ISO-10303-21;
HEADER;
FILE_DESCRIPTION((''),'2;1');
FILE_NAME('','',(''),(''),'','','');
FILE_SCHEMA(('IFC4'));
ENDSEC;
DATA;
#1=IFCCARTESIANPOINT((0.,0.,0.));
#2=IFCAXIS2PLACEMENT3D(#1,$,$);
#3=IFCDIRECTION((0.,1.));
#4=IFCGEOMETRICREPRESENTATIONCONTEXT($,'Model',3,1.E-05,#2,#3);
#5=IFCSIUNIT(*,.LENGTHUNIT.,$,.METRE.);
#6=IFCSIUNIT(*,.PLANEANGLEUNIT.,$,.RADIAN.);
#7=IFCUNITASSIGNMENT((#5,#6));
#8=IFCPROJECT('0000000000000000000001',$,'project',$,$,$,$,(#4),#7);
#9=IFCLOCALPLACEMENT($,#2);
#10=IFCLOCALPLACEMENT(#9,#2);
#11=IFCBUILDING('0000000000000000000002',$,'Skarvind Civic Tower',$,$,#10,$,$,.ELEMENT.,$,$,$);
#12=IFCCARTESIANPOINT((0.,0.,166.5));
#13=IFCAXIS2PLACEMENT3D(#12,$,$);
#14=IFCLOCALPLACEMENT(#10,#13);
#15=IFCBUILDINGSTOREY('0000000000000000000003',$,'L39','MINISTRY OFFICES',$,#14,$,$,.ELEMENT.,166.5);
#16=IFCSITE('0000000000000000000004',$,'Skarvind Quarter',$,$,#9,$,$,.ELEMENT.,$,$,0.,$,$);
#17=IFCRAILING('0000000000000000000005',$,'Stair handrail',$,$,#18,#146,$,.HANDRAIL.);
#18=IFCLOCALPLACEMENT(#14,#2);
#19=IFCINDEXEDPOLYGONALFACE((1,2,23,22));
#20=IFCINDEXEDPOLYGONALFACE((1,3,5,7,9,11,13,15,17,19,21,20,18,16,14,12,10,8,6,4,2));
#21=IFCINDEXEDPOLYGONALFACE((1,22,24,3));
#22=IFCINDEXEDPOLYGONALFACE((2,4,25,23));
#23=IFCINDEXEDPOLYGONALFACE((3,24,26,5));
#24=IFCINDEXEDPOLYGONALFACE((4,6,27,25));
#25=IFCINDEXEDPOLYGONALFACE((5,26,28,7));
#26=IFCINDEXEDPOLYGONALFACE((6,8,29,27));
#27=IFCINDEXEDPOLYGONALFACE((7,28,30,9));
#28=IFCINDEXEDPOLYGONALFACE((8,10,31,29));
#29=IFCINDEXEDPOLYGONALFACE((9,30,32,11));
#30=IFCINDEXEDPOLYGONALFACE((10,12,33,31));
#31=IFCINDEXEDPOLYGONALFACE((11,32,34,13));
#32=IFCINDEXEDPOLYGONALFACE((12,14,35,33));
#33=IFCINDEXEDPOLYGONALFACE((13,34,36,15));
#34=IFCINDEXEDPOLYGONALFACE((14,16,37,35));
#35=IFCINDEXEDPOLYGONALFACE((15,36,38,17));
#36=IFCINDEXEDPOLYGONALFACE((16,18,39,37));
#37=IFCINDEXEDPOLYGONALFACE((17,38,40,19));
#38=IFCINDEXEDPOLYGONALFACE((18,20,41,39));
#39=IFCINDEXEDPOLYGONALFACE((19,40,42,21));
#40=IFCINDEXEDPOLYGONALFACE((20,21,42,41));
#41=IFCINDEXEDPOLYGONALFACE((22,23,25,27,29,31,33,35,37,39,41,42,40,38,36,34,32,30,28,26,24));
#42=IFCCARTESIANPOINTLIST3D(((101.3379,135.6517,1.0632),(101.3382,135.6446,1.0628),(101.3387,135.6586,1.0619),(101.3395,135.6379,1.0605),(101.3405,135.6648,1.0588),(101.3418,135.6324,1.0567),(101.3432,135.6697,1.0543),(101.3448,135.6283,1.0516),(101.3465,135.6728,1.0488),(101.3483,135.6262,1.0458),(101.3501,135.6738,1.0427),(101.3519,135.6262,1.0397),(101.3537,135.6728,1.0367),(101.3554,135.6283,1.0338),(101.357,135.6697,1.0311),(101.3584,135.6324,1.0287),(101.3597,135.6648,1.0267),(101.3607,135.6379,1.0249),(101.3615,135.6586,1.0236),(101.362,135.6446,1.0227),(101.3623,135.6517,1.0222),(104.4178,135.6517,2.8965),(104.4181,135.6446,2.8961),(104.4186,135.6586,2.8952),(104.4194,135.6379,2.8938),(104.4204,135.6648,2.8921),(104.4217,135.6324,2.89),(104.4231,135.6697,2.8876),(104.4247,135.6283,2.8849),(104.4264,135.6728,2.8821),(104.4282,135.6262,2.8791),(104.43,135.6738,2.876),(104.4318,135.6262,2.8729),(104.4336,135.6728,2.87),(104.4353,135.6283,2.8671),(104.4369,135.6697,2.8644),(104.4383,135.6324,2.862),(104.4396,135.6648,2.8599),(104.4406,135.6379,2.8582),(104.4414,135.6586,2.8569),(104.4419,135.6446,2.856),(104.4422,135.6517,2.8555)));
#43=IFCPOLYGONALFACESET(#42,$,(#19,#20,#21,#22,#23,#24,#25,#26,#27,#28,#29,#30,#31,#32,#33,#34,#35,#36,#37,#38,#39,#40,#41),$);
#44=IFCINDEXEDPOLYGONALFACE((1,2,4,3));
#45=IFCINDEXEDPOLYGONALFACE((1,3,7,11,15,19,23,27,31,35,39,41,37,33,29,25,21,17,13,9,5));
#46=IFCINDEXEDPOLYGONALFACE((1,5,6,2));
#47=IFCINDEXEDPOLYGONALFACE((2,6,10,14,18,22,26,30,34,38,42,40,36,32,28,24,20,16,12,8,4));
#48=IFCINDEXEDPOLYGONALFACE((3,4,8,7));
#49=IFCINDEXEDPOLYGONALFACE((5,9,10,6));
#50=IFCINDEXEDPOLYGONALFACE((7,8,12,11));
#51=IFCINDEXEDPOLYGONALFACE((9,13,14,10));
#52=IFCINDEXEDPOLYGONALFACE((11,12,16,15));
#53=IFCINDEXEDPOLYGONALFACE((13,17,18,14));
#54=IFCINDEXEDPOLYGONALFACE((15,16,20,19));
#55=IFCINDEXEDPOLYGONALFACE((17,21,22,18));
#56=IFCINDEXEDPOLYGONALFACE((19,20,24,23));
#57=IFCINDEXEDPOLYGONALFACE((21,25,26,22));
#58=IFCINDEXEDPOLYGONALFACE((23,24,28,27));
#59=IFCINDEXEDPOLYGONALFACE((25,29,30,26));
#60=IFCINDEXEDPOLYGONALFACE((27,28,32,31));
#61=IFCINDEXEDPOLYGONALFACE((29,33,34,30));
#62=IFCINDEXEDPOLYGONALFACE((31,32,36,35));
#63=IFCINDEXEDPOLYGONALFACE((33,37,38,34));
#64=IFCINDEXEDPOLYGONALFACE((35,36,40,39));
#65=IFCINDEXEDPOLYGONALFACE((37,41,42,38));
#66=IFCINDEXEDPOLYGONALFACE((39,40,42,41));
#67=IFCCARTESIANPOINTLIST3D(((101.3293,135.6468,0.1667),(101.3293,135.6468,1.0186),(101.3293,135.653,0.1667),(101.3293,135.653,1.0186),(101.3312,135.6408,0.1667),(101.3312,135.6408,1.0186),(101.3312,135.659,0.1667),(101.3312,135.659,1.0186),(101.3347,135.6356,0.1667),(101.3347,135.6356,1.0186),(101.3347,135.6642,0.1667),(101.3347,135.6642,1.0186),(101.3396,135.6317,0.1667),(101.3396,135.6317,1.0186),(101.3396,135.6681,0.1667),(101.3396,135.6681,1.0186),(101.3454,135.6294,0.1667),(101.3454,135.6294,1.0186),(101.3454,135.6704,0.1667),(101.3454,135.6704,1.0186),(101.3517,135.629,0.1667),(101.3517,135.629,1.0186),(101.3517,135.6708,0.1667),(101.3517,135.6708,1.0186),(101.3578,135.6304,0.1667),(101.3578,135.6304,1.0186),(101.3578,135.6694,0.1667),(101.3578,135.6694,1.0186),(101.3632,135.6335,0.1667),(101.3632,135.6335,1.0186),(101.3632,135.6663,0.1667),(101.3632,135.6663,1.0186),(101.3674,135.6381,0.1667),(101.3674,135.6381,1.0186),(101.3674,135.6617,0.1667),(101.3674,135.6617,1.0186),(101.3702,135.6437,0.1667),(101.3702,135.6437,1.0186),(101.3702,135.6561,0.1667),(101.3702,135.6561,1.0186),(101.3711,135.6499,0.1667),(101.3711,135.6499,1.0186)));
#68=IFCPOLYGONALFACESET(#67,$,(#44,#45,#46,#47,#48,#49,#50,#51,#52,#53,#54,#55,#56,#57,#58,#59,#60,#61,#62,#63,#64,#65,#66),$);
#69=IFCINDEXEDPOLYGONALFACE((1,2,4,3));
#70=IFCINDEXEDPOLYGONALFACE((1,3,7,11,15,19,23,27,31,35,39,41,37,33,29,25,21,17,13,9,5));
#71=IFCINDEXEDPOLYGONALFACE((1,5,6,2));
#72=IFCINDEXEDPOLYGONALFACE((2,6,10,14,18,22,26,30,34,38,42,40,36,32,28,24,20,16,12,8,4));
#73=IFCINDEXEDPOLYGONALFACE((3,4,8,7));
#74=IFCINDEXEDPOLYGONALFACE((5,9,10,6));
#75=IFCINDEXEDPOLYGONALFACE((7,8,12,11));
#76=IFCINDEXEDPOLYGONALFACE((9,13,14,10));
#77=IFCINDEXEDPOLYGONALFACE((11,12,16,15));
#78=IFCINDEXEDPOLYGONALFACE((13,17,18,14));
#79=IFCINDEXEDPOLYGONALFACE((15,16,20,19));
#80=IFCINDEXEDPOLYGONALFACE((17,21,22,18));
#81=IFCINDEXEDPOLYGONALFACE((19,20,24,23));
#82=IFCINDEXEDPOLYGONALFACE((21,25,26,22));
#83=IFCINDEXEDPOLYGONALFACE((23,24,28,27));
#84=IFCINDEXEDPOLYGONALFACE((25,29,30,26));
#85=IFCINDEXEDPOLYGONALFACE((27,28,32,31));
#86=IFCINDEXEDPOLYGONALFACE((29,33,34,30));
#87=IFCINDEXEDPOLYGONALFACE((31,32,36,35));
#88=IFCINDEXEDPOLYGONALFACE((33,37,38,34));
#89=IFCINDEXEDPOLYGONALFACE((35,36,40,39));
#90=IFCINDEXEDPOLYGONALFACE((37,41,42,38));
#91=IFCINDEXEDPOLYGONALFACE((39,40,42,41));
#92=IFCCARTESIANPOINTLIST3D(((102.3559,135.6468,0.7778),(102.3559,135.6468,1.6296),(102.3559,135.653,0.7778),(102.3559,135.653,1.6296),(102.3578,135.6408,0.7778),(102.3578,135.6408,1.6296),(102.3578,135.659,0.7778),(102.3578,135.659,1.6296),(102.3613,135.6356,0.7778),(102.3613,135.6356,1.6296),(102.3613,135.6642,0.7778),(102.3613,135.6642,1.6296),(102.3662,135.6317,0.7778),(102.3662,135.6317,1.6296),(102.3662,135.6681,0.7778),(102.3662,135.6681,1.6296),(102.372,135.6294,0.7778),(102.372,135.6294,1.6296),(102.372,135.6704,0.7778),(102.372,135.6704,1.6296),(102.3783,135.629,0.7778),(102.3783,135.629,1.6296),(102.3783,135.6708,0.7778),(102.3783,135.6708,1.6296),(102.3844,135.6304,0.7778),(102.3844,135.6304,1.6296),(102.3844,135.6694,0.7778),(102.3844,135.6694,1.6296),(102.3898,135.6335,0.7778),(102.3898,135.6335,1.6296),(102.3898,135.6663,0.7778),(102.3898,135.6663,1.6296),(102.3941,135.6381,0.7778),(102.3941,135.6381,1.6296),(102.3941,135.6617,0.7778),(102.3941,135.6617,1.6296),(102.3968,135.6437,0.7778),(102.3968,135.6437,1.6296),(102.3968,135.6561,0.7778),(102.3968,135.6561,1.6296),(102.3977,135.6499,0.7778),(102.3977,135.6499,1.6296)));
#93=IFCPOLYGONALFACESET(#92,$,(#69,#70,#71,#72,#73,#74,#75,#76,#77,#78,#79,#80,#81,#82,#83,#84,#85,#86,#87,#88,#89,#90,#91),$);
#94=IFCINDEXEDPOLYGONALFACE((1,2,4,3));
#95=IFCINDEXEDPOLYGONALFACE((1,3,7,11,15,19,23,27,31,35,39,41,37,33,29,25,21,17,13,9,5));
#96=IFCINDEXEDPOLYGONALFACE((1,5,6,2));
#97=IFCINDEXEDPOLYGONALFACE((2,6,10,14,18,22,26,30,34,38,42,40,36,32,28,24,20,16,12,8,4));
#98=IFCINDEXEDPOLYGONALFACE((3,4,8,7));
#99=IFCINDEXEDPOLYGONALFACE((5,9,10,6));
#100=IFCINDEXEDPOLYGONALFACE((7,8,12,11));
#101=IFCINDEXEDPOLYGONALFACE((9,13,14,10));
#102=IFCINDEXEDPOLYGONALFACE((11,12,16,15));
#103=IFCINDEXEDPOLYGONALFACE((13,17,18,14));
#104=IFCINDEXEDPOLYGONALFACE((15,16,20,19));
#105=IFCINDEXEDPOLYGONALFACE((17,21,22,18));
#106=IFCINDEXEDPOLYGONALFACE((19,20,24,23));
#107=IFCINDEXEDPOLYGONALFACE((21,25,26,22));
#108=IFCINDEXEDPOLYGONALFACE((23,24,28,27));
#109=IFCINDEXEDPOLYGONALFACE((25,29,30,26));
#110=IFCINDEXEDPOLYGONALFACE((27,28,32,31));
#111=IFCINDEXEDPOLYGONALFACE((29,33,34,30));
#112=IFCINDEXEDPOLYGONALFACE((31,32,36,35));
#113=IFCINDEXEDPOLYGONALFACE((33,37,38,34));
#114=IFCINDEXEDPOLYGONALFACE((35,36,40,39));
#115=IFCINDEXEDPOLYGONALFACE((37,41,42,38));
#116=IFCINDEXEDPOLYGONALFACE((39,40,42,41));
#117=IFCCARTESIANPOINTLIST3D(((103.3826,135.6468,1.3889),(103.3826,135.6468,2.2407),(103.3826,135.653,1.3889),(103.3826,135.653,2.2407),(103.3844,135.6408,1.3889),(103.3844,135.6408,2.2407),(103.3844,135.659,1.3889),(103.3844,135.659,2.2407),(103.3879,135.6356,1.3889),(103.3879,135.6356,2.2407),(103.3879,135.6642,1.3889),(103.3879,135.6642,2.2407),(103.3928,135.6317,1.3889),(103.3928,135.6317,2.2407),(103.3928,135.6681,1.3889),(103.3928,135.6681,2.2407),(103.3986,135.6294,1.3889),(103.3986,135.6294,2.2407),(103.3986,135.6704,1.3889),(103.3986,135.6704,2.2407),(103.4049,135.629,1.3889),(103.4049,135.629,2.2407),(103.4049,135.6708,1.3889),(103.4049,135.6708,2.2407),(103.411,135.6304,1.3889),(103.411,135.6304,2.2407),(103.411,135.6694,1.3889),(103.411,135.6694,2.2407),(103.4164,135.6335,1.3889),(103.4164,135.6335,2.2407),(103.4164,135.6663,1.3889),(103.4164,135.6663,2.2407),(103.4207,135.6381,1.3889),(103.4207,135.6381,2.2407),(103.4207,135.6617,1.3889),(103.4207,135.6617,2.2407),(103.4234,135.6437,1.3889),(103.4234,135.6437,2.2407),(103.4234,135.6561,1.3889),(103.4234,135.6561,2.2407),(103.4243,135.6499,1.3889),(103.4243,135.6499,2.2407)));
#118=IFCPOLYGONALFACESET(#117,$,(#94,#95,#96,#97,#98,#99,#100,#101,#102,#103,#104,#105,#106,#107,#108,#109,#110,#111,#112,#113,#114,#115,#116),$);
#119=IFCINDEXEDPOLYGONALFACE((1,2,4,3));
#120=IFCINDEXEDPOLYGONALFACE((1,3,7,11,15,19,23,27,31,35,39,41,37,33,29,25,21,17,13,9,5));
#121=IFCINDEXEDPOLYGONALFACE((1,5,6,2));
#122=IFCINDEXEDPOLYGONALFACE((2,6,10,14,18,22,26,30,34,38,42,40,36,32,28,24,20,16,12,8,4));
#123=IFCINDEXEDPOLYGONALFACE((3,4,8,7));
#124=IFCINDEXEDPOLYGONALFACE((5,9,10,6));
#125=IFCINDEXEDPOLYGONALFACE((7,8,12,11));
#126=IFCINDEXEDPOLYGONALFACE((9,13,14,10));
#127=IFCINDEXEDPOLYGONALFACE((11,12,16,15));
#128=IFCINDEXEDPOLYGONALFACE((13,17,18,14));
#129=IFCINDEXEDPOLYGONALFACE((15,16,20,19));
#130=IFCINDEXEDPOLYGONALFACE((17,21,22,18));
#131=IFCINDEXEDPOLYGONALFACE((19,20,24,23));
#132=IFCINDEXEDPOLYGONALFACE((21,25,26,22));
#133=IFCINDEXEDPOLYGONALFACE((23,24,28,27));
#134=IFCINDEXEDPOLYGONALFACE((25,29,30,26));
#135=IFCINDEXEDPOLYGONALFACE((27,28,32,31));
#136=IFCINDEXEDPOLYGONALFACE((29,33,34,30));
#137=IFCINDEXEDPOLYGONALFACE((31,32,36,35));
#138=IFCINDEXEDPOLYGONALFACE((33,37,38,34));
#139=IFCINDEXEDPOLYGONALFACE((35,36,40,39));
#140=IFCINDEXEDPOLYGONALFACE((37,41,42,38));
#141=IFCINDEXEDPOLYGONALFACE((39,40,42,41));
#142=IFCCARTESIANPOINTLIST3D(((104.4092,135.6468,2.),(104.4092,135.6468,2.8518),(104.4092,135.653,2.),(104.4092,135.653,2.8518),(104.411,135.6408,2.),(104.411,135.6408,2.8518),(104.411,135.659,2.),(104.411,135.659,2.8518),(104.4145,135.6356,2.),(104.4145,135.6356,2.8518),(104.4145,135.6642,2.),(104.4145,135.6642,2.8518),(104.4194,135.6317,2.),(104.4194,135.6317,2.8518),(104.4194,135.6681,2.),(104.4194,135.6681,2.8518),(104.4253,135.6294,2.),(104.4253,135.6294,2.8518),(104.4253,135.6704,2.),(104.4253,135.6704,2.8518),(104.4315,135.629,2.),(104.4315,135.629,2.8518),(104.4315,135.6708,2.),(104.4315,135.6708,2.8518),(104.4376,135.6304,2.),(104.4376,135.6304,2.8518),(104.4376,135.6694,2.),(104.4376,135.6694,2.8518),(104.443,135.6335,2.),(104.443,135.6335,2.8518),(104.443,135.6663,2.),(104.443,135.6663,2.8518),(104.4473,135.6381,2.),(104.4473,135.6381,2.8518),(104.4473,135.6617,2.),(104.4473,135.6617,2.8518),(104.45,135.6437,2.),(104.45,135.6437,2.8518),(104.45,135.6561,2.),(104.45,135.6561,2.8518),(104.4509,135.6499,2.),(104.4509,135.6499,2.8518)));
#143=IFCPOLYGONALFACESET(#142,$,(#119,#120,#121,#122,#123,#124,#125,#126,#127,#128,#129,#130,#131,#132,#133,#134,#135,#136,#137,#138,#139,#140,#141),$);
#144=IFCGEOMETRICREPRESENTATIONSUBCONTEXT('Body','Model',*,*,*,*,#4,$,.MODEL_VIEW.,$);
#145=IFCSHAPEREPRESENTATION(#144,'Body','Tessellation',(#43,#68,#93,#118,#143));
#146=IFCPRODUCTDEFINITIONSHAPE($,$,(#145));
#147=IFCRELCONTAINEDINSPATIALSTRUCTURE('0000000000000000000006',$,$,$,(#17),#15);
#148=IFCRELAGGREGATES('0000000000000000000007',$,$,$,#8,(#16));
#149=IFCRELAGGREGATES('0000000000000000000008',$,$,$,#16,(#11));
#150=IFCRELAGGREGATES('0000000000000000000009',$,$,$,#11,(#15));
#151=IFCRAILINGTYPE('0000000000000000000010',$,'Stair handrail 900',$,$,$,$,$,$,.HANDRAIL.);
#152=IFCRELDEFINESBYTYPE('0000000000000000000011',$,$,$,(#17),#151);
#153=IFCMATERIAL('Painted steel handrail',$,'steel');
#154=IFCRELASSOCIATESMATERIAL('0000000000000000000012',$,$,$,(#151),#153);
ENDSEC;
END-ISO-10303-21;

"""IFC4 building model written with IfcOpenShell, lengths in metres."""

from ifc_helpers import new_model, si_unit, direction, frame, origin, origin_2d, place, context, subcontext, project, spatial, circle, extrude, material, type_object, element, save


model = new_model("IFC4")

# Units and contexts
model_context = context("Model", 3, precision=1e-05, world=origin(), true_north=direction((0.0, 1.0)))
body_context = subcontext(model_context, "Body", "Model", "MODEL_VIEW")
ifc_project = project(units=[si_unit("LENGTHUNIT", "METRE"), si_unit("PLANEANGLEUNIT", "RADIAN")], contexts=[model_context])

# Site, building, storey
site_placement = place(None, origin())
site = spatial("IfcSite", under=ifc_project, at=site_placement, Name="Skarvind Quarter", CompositionType="ELEMENT", RefElevation=0.0)
building_placement = place(site_placement, origin())
building = spatial("IfcBuilding", under=site, at=building_placement, Name="Skarvind Civic Tower", CompositionType="ELEMENT")
storey_placement = place(building_placement, frame((0.0, 0.0, 166.5)))
storey = spatial("IfcBuildingStorey", under=building, at=storey_placement, Name="L39", Description="MINISTRY OFFICES", CompositionType="ELEMENT", Elevation=166.5)

# Railing
ifc_material_1 = material(Name="Painted steel handrail", Category="steel")
railing_type = type_object("IfcRailingType", Name="Stair handrail 900", PredefinedType="HANDRAIL", material=ifc_material_1)
railing_1_placement = place(storey_placement, frame((101.3501, 135.6499, 0.1667)))
element("IfcRailing", 1, at=railing_1_placement, inside=storey, type_object=railing_type, Name="Stair handrail", PredefinedType="HANDRAIL", context=body_context, shape_type="SweptSolid", body=[
    extrude(circle(Radius=0.0239, at=origin_2d()), frame((0.0, 0.0, 0.876), z_axis=(0.859291, 0.0, 0.511487), x_axis=(0.0, 1.0, 0.0)), (0.0, 0.0, 1.0), 3.5842),
    extrude(circle(Radius=0.021, at=origin_2d()), origin(), (0.0, 0.0, 1.0), 0.8518),
    extrude(circle(Radius=0.021, at=origin_2d()), frame((1.0266, 0.0, 0.6111)), (0.0, 0.0, 1.0), 0.8518),
    extrude(circle(Radius=0.021, at=origin_2d()), frame((2.0532, 0.0, 1.2222)), (0.0, 0.0, 1.0), 0.8518),
    extrude(circle(Radius=0.021, at=origin_2d()), frame((3.0798, 0.0, 1.8333)), (0.0, 0.0, 1.0), 0.8518),
])

save(model, "model.ifc")
